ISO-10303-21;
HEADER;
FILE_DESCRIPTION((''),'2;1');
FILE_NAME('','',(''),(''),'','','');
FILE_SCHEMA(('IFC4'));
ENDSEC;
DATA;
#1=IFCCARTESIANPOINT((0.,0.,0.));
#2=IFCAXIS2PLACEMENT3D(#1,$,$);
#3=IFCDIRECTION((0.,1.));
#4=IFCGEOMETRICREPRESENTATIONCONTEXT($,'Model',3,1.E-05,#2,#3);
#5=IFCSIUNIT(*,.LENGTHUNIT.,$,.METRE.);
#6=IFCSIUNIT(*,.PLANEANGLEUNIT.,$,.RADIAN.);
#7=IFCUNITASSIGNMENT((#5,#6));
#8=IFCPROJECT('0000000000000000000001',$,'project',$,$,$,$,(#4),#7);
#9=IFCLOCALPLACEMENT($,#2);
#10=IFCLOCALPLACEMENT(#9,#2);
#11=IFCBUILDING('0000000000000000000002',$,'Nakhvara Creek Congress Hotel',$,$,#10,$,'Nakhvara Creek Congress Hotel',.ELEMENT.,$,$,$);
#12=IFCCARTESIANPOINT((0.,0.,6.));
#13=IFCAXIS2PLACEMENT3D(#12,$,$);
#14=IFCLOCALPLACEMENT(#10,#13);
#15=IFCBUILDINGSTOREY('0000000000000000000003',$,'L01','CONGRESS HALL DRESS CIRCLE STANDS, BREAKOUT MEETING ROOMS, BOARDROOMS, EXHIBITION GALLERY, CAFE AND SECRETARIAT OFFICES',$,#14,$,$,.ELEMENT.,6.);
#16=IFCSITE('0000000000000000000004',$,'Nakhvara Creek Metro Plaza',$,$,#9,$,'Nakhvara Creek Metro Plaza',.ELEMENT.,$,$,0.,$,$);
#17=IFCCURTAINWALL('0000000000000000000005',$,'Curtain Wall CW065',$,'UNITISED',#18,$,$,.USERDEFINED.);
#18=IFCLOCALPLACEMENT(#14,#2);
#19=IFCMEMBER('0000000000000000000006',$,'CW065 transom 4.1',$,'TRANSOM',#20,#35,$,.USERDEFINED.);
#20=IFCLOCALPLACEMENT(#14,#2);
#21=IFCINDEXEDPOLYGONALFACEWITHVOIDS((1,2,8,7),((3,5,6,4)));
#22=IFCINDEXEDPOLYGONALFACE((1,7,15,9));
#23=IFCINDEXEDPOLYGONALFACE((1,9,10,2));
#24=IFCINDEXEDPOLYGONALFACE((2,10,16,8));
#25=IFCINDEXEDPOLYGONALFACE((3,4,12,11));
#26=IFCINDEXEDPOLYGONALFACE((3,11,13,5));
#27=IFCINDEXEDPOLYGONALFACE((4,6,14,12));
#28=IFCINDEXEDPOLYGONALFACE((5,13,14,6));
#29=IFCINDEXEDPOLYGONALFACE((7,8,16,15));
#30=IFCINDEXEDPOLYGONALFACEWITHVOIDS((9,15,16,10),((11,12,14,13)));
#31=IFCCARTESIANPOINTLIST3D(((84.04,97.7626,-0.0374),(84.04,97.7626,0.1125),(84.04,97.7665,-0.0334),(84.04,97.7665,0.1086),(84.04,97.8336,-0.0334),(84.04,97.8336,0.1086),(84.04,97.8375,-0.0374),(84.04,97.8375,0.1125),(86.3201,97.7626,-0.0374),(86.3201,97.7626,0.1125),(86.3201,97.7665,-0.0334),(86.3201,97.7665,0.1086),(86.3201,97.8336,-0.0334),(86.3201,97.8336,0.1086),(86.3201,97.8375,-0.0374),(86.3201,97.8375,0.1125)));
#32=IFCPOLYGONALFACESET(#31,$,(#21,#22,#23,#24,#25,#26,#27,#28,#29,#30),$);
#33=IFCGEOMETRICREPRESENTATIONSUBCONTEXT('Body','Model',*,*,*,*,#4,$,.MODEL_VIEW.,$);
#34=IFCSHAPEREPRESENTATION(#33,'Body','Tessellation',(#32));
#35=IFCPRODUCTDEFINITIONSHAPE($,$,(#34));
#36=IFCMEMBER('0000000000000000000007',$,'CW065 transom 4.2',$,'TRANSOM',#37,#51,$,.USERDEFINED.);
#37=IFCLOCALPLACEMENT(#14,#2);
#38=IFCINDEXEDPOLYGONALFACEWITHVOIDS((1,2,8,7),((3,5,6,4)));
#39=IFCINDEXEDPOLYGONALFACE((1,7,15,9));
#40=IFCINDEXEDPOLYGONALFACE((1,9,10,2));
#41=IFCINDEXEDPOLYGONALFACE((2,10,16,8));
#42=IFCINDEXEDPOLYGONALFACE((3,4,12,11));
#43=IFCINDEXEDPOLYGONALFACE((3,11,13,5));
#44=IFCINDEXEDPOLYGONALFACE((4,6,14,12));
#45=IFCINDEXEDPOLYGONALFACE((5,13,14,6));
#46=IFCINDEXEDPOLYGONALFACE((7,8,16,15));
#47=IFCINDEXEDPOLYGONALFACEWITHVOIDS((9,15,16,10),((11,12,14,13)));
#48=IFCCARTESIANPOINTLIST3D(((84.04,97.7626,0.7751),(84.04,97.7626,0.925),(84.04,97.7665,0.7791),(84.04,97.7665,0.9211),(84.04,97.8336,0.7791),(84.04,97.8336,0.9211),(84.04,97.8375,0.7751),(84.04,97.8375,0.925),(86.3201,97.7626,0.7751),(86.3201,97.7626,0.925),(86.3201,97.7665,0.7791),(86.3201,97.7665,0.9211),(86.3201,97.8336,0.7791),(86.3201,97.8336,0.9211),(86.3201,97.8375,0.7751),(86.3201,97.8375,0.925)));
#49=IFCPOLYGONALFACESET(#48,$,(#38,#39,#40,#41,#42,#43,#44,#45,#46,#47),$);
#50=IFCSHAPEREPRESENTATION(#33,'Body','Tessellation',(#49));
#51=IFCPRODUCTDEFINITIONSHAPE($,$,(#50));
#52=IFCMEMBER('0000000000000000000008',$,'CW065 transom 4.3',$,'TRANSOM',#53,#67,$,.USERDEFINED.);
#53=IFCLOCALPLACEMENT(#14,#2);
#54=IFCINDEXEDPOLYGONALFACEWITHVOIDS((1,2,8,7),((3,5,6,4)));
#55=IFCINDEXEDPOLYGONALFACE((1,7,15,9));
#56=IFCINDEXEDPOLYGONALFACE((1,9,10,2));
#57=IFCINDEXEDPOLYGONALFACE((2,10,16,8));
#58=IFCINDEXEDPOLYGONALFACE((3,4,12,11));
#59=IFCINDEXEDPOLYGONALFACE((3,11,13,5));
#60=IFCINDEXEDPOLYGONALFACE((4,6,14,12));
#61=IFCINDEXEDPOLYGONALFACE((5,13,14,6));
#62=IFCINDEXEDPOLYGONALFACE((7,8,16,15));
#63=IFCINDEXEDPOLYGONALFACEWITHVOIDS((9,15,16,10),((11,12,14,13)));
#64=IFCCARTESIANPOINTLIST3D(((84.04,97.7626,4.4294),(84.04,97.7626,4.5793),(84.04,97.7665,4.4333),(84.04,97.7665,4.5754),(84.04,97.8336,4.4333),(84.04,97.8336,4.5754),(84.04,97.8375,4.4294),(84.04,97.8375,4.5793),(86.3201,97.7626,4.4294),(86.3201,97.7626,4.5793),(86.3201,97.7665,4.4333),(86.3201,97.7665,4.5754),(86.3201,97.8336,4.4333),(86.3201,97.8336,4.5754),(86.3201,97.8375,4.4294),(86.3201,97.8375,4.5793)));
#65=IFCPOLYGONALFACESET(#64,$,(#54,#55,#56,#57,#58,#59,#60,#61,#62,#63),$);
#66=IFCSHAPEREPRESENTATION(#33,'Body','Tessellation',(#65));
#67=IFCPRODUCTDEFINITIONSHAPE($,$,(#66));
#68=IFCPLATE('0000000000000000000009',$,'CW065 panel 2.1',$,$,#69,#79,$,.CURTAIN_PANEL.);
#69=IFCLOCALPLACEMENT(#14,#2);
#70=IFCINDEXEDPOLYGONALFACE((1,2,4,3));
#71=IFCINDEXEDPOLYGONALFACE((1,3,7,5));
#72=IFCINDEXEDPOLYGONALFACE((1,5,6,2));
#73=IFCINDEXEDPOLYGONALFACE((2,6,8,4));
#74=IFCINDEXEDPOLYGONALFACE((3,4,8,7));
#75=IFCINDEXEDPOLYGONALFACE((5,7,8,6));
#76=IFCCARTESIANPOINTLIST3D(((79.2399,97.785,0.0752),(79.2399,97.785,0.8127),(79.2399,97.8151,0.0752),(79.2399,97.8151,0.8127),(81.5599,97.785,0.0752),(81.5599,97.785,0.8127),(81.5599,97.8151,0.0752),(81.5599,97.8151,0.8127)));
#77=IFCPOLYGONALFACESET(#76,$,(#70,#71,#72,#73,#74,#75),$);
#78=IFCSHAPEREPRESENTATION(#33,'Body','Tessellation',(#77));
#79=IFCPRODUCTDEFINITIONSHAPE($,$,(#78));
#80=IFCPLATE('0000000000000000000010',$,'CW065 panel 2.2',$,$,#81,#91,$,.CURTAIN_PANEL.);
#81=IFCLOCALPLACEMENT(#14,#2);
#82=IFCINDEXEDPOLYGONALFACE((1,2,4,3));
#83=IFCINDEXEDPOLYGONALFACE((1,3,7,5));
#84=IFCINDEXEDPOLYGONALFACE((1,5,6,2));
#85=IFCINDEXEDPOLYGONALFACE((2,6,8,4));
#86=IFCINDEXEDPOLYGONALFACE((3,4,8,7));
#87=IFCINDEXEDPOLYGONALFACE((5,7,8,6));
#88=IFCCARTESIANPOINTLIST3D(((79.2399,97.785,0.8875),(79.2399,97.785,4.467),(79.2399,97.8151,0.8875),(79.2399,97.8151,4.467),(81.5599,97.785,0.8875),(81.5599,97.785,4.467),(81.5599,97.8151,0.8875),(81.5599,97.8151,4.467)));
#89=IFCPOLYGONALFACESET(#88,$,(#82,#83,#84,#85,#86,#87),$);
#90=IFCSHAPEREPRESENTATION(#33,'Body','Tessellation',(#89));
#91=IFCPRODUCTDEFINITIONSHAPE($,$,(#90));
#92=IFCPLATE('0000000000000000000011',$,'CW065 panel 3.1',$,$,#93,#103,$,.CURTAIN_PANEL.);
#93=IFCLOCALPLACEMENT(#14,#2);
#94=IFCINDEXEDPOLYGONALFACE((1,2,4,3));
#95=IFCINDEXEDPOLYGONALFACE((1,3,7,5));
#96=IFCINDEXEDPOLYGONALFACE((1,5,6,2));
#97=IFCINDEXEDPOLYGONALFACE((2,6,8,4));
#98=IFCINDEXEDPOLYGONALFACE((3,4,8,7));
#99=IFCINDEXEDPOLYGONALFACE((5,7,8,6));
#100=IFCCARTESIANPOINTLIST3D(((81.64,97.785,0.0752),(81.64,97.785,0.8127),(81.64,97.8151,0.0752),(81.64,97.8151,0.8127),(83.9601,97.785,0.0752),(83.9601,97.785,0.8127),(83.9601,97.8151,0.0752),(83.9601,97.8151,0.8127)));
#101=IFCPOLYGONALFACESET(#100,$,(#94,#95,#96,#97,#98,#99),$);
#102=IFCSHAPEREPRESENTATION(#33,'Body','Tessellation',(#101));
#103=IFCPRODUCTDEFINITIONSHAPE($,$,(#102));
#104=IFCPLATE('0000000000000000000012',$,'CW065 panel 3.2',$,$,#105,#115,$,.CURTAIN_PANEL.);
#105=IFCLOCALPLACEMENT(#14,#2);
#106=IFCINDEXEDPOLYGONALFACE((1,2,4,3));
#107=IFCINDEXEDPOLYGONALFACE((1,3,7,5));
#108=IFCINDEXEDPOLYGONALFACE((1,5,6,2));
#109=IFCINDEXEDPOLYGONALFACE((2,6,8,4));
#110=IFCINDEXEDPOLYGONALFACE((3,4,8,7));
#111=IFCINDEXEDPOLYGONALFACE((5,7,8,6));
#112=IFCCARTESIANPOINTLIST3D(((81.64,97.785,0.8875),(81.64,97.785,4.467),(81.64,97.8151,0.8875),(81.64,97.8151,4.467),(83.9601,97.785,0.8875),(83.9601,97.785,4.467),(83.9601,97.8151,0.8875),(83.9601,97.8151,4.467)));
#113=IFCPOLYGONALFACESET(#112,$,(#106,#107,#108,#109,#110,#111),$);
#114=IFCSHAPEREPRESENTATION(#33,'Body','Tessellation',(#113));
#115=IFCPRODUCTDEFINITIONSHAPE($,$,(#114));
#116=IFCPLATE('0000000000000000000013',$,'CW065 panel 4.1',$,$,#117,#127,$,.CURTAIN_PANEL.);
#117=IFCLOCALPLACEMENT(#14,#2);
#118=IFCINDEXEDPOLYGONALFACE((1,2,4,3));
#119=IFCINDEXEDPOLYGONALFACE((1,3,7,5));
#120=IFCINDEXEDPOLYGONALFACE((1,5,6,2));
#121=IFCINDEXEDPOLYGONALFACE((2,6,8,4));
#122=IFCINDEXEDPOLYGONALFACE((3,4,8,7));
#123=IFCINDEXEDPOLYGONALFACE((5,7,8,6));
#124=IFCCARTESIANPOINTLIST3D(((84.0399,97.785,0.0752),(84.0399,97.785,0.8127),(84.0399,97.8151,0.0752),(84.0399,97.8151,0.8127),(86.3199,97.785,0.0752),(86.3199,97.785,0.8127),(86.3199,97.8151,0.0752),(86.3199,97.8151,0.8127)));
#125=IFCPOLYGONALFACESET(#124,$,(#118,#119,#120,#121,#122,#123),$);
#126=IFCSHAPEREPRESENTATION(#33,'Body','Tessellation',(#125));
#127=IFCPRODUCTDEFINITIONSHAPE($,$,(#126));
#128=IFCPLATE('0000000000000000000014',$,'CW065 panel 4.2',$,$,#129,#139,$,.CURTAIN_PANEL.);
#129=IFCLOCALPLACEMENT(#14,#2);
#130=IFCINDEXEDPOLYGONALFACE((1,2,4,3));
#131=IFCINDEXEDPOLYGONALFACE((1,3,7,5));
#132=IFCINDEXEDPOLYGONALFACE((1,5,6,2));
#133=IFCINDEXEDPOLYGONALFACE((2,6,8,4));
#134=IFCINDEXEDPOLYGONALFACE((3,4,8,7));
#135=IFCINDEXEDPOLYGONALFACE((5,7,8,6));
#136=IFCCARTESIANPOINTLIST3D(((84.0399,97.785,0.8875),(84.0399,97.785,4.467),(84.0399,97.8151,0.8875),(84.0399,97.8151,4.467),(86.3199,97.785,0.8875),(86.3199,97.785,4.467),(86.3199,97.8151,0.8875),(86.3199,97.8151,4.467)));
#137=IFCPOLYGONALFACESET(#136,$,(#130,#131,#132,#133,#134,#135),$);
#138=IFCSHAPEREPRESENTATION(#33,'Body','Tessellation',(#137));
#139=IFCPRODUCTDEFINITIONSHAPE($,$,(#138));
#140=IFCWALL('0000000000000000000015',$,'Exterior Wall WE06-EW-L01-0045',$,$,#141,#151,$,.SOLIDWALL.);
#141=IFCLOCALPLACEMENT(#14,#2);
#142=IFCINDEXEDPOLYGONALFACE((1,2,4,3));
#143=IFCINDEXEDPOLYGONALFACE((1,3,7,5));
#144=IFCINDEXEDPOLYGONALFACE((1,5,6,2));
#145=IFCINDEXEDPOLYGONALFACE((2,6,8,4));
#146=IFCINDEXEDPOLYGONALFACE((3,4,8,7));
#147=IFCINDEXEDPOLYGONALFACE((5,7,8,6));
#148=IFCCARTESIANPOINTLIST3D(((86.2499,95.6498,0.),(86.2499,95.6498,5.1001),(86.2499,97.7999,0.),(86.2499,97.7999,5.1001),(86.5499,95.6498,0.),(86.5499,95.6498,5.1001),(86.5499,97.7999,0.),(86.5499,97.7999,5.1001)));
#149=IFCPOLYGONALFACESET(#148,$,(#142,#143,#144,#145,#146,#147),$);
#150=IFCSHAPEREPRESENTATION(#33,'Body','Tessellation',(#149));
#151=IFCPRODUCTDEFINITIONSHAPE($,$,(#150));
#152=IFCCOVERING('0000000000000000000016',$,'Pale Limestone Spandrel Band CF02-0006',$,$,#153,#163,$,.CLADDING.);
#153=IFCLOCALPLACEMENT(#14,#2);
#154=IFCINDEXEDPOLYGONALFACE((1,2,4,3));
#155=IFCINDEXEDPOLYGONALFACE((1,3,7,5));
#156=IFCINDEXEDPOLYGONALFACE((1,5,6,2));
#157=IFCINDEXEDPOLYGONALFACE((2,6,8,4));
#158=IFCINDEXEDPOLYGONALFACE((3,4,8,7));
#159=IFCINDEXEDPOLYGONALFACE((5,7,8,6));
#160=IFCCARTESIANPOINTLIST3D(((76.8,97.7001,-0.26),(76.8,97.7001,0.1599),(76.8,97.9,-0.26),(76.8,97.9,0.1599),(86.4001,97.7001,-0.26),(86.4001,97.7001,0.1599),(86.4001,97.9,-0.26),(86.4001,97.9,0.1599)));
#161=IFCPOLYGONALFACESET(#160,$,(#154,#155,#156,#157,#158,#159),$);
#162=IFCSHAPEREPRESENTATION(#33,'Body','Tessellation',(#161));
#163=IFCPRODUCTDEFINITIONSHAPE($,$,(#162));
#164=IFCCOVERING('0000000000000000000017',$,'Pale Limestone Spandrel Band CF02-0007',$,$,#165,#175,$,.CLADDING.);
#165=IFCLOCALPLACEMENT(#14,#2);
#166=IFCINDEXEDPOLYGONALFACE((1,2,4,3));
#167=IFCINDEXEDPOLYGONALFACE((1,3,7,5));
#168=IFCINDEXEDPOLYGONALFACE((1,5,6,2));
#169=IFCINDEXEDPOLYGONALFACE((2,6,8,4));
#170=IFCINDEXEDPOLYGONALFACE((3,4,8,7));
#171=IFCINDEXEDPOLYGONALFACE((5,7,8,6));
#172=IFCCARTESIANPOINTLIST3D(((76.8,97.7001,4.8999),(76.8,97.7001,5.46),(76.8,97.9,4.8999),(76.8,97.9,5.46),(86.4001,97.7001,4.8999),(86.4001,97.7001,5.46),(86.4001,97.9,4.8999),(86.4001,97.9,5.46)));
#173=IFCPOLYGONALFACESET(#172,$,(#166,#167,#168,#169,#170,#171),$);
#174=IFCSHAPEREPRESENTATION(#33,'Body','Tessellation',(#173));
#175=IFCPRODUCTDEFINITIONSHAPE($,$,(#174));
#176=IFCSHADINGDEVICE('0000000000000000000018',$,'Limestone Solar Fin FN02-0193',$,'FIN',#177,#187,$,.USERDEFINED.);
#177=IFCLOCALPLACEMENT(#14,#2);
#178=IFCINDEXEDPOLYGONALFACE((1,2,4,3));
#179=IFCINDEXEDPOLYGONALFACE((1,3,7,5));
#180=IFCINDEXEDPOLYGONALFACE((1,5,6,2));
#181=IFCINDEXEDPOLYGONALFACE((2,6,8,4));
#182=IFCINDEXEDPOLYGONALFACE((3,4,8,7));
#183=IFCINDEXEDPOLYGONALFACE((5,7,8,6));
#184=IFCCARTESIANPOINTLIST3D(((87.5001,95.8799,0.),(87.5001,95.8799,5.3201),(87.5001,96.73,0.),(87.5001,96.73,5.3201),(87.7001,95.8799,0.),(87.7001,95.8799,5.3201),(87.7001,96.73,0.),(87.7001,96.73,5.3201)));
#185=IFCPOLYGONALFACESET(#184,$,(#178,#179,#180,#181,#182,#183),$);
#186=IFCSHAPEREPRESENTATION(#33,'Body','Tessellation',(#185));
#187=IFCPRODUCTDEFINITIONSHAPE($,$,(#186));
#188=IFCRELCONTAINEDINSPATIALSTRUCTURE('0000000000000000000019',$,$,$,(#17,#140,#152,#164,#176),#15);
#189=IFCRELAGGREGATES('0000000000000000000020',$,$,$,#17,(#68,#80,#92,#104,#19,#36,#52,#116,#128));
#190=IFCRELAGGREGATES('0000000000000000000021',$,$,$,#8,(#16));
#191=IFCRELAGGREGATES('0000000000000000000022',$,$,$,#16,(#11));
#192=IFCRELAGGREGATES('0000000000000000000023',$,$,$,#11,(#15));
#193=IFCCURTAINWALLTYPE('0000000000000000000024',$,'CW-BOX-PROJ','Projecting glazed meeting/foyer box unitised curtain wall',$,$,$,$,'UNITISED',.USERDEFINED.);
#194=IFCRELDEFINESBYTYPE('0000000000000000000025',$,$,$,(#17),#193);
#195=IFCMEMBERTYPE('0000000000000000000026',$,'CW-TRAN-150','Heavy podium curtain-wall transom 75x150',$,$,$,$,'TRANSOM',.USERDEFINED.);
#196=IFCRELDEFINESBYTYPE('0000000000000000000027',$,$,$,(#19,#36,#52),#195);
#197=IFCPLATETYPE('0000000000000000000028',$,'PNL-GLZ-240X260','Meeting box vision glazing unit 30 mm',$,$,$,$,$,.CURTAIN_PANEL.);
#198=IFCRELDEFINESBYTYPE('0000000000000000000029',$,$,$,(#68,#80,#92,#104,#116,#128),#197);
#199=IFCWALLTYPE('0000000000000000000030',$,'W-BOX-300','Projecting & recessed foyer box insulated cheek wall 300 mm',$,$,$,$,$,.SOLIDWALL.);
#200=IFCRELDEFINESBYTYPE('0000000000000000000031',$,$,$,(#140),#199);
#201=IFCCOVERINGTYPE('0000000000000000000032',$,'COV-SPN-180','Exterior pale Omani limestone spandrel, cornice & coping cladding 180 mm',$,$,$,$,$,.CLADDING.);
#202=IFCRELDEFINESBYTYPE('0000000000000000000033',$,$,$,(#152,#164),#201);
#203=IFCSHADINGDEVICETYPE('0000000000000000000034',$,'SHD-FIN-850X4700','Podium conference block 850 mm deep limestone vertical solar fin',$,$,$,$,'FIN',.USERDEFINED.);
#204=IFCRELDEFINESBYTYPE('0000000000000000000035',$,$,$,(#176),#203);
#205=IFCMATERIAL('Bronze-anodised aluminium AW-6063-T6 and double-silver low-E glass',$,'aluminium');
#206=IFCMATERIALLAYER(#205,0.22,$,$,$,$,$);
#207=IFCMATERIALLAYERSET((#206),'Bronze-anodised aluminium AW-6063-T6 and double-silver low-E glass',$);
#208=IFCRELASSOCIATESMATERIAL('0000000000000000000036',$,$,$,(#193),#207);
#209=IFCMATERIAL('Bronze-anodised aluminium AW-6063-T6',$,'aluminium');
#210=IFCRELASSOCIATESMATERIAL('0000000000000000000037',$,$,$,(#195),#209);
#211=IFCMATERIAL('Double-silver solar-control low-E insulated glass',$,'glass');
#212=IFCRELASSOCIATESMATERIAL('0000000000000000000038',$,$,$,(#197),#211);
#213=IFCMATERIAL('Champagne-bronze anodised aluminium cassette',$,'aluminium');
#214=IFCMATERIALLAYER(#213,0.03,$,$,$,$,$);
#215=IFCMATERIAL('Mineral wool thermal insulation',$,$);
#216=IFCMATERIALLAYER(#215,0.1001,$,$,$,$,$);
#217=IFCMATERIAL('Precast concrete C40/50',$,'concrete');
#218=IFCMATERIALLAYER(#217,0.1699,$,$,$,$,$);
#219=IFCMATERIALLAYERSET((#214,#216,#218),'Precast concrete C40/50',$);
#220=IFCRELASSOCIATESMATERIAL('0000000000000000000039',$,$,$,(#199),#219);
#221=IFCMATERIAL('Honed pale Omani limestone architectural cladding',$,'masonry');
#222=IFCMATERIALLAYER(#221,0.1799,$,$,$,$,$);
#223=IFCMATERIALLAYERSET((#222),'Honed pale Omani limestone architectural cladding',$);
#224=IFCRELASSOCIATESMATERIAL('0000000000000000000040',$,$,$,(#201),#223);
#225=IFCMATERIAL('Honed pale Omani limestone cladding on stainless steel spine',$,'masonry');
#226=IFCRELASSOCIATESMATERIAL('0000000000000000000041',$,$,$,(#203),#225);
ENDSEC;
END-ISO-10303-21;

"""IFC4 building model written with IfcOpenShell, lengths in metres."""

from ifc_helpers import new_model, si_unit, direction, frame, frame_2d, origin, origin_2d, place, context, subcontext, project, spatial, rectangle, hollow_rectangle, extrude, material, layer, layer_set, material_profile, profile_set, type_object, element, aggregate, save


model = new_model("IFC4")

# Units and contexts
model_context = context("Model", 3, precision=1e-05, world=origin(), true_north=direction((0.0, 1.0)))
body_context = subcontext(model_context, "Body", "Model", "MODEL_VIEW")
ifc_project = project(units=[si_unit("LENGTHUNIT", "METRE"), si_unit("PLANEANGLEUNIT", "RADIAN")], contexts=[model_context])

# Site, building, storey
site_placement = place(None, origin())
site = spatial("IfcSite", under=ifc_project, at=site_placement, Name="Nakhvara Creek Metro Plaza", LongName="Nakhvara Creek Metro Plaza", CompositionType="ELEMENT", RefElevation=0.0)
building_placement = place(site_placement, origin())
building = spatial("IfcBuilding", under=site, at=building_placement, Name="Nakhvara Creek Congress Hotel", LongName="Nakhvara Creek Congress Hotel", CompositionType="ELEMENT")
storey_placement = place(building_placement, frame((0.0, 0.0, 6.0)))
storey = spatial("IfcBuildingStorey", under=building, at=storey_placement, Name="L01", Description="CONGRESS HALL DRESS CIRCLE STANDS, BREAKOUT MEETING ROOMS, BOARDROOMS, EXHIBITION GALLERY, CAFE AND SECRETARIAT OFFICES", CompositionType="ELEMENT", Elevation=6.0)

# Shared definitions
ifc_material_1 = material(Name="Bronze-anodised aluminium AW-6063-T6 and double-silver low-E glass", Category="aluminium")
ifc_material_2 = material(Name="Bronze-anodised aluminium AW-6063-T6", Category="aluminium")

# Curtain wall
ifc_layer_1 = layer(ifc_material_1, 0.22)
ifc_layer_set_1 = layer_set([ifc_layer_1], Name="Bronze-anodised aluminium AW-6063-T6 and double-silver low-E glass")
curtain_wall_type_1 = type_object("IfcCurtainWallType", Name="CW-BOX-PROJ", Description="Projecting glazed meeting/foyer box unitised curtain wall", ElementType="UNITISED", PredefinedType="USERDEFINED", material=ifc_layer_set_1)
curtain_wall_1_placement = place(storey_placement, origin())
curtain_wall_1 = element("IfcCurtainWall", 1, at=curtain_wall_1_placement, inside=storey, type_object=curtain_wall_type_1, Name="Curtain Wall CW065", ObjectType="UNITISED", PredefinedType="USERDEFINED")

# Members
ifc_material_profile_1 = material_profile(ifc_material_2, hollow_rectangle(XDim=0.075, YDim=0.1499, WallThickness=0.0039, at=origin_2d()), Name="ALU-TRAN 75x150x4", Category="LoadBearing")
ifc_profile_set_1 = profile_set([ifc_material_profile_1], Name="Bronze-anodised aluminium AW-6063-T6")
member_type_1 = type_object("IfcMemberType", Name="CW-TRAN-150", Description="Heavy podium curtain-wall transom 75x150", ElementType="TRANSOM", PredefinedType="USERDEFINED", material=ifc_profile_set_1)
member_1_placement = place(storey_placement, frame((84.04, 97.8, 0.0376), z_axis=(1.0, 0.0, 0.0), x_axis=(0.0, 1.0, 0.0)))
member_1 = element("IfcMember", 2, at=member_1_placement, type_object=member_type_1, Name="CW065 transom 4.1", ObjectType="TRANSOM", PredefinedType="USERDEFINED", context=body_context, shape_type="SweptSolid", body=[
    extrude(hollow_rectangle(XDim=0.075, YDim=0.1499, WallThickness=0.0039, at=origin_2d()), origin(), (0.0, 0.0, 1.0), 2.28),
])
member_2_placement = place(storey_placement, frame((84.04, 97.8, 0.8501), z_axis=(1.0, 0.0, 0.0), x_axis=(0.0, 1.0, 0.0)))
member_2 = element("IfcMember", 3, at=member_2_placement, type_object=member_type_1, Name="CW065 transom 4.2", ObjectType="TRANSOM", PredefinedType="USERDEFINED", context=body_context, shape_type="SweptSolid", body=[
    extrude(hollow_rectangle(XDim=0.075, YDim=0.1499, WallThickness=0.0039, at=origin_2d()), origin(), (0.0, 0.0, 1.0), 2.28),
])
member_3_placement = place(storey_placement, frame((84.04, 97.8, 4.5044), z_axis=(1.0, 0.0, 0.0), x_axis=(0.0, 1.0, 0.0)))
member_3 = element("IfcMember", 4, at=member_3_placement, type_object=member_type_1, Name="CW065 transom 4.3", ObjectType="TRANSOM", PredefinedType="USERDEFINED", context=body_context, shape_type="SweptSolid", body=[
    extrude(hollow_rectangle(XDim=0.075, YDim=0.1499, WallThickness=0.0039, at=origin_2d()), origin(), (0.0, 0.0, 1.0), 2.28),
])

# Plates
ifc_material_3 = material(Name="Double-silver solar-control low-E insulated glass", Category="glass")
plate_type = type_object("IfcPlateType", Name="PNL-GLZ-240X260", Description="Meeting box vision glazing unit 30 mm", PredefinedType="CURTAIN_PANEL", material=ifc_material_3)
plate_1_placement = place(storey_placement, frame((80.3999, 97.8, 0.0752), z_axis=(0.0, 0.0, 1.0), x_axis=(1.0, 0.0, 0.0)))
plate_1 = element("IfcPlate", 5, at=plate_1_placement, type_object=plate_type, Name="CW065 panel 2.1", PredefinedType="CURTAIN_PANEL", context=body_context, shape_type="SweptSolid", body=[
    extrude(rectangle(XDim=2.3201, YDim=0.03, at=origin_2d()), origin(), (0.0, 0.0, 1.0), 0.7375),
])
plate_2_placement = place(storey_placement, frame((80.3999, 97.8, 0.8875), z_axis=(0.0, 0.0, 1.0), x_axis=(1.0, 0.0, 0.0)))
plate_2 = element("IfcPlate", 6, at=plate_2_placement, type_object=plate_type, Name="CW065 panel 2.2", PredefinedType="CURTAIN_PANEL", context=body_context, shape_type="SweptSolid", body=[
    extrude(rectangle(XDim=2.3201, YDim=0.03, at=origin_2d()), origin(), (0.0, 0.0, 1.0), 3.5796),
])
plate_3_placement = place(storey_placement, frame((82.8, 97.8, 0.0752), z_axis=(0.0, 0.0, 1.0), x_axis=(1.0, 0.0, 0.0)))
plate_3 = element("IfcPlate", 7, at=plate_3_placement, type_object=plate_type, Name="CW065 panel 3.1", PredefinedType="CURTAIN_PANEL", context=body_context, shape_type="SweptSolid", body=[
    extrude(rectangle(XDim=2.3201, YDim=0.03, at=origin_2d()), origin(), (0.0, 0.0, 1.0), 0.7375),
])
plate_4_placement = place(storey_placement, frame((82.8, 97.8, 0.8875), z_axis=(0.0, 0.0, 1.0), x_axis=(1.0, 0.0, 0.0)))
plate_4 = element("IfcPlate", 8, at=plate_4_placement, type_object=plate_type, Name="CW065 panel 3.2", PredefinedType="CURTAIN_PANEL", context=body_context, shape_type="SweptSolid", body=[
    extrude(rectangle(XDim=2.3201, YDim=0.03, at=origin_2d()), origin(), (0.0, 0.0, 1.0), 3.5796),
])
plate_5_placement = place(storey_placement, frame((85.1799, 97.8, 0.0752), z_axis=(0.0, 0.0, 1.0), x_axis=(1.0, 0.0, 0.0)))
plate_5 = element("IfcPlate", 9, at=plate_5_placement, type_object=plate_type, Name="CW065 panel 4.1", PredefinedType="CURTAIN_PANEL", context=body_context, shape_type="SweptSolid", body=[
    extrude(rectangle(XDim=2.28, YDim=0.03, at=origin_2d()), origin(), (0.0, 0.0, 1.0), 0.7375),
])
plate_6_placement = place(storey_placement, frame((85.1799, 97.8, 0.8875), z_axis=(0.0, 0.0, 1.0), x_axis=(1.0, 0.0, 0.0)))
plate_6 = element("IfcPlate", 10, at=plate_6_placement, type_object=plate_type, Name="CW065 panel 4.2", PredefinedType="CURTAIN_PANEL", context=body_context, shape_type="SweptSolid", body=[
    extrude(rectangle(XDim=2.28, YDim=0.03, at=origin_2d()), origin(), (0.0, 0.0, 1.0), 3.5796),
])
aggregate(curtain_wall_1, [plate_1, plate_2, plate_3, plate_4, member_1, member_2, member_3, plate_5, plate_6])

# Wall
ifc_material_4 = material(Name="Champagne-bronze anodised aluminium cassette", Category="aluminium")
ifc_layer_2 = layer(ifc_material_4, 0.03)
ifc_material_5 = material(Name="Mineral wool thermal insulation")
ifc_layer_3 = layer(ifc_material_5, 0.1001)
ifc_material_6 = material(Name="Precast concrete C40/50", Category="concrete")
ifc_layer_4 = layer(ifc_material_6, 0.1699)
ifc_layer_set_2 = layer_set([ifc_layer_2, ifc_layer_3, ifc_layer_4], Name="Precast concrete C40/50")
wall_type = type_object("IfcWallType", Name="W-BOX-300", Description="Projecting & recessed foyer box insulated cheek wall 300 mm", PredefinedType="SOLIDWALL", material=ifc_layer_set_2)
wall_placement = place(storey_placement, frame((86.3999, 97.8, 0.0), z_axis=(0.0, 0.0, 1.0), x_axis=(0.0, -1.0, 0.0)))
element("IfcWall", 11, at=wall_placement, inside=storey, type_object=wall_type, Name="Exterior Wall WE06-EW-L01-0045", PredefinedType="SOLIDWALL", context=body_context, shape_type="SweptSolid", body=[
    extrude(rectangle(XDim=2.1501, YDim=0.3, at=frame_2d((1.0752, 0.0))), origin(), (0.0, 0.0, 1.0), 5.1001),
])

# Coverings
ifc_material_7 = material(Name="Honed pale Omani limestone architectural cladding", Category="masonry")
ifc_layer_5 = layer(ifc_material_7, 0.1799)
ifc_layer_set_3 = layer_set([ifc_layer_5], Name="Honed pale Omani limestone architectural cladding")
covering_type = type_object("IfcCoveringType", Name="COV-SPN-180", Description="Exterior pale Omani limestone spandrel, cornice & coping cladding 180 mm", PredefinedType="CLADDING", material=ifc_layer_set_3)
covering_1_placement = place(storey_placement, frame((81.6001, 97.8, -0.26), z_axis=(0.0, 0.0, 1.0), x_axis=(1.0, 0.0, 0.0)))
element("IfcCovering", 12, at=covering_1_placement, inside=storey, type_object=covering_type, Name="Pale Limestone Spandrel Band CF02-0006", PredefinedType="CLADDING", context=body_context, shape_type="SweptSolid", body=[
    extrude(rectangle(XDim=9.6001, YDim=0.2, at=origin_2d()), origin(), (0.0, 0.0, 1.0), 0.4199),
])
covering_2_placement = place(storey_placement, frame((81.6001, 97.8, 4.8999), z_axis=(0.0, 0.0, 1.0), x_axis=(1.0, 0.0, 0.0)))
element("IfcCovering", 13, at=covering_2_placement, inside=storey, type_object=covering_type, Name="Pale Limestone Spandrel Band CF02-0007", PredefinedType="CLADDING", context=body_context, shape_type="SweptSolid", body=[
    extrude(rectangle(XDim=9.6001, YDim=0.2, at=origin_2d()), origin(), (0.0, 0.0, 1.0), 0.5601),
])

# Shading device
ifc_material_8 = material(Name="Honed pale Omani limestone cladding on stainless steel spine", Category="masonry")
shading_device_type = type_object("IfcShadingDeviceType", Name="SHD-FIN-850X4700", Description="Podium conference block 850 mm deep limestone vertical solar fin", ElementType="FIN", PredefinedType="USERDEFINED", material=ifc_material_8)
shading_device_placement = place(storey_placement, frame((87.6001, 96.3049, 0.0), z_axis=(0.0, 0.0, 1.0), x_axis=(1.0, 0.0, 0.0)))
element("IfcShadingDevice", 14, at=shading_device_placement, inside=storey, type_object=shading_device_type, Name="Limestone Solar Fin FN02-0193", ObjectType="FIN", PredefinedType="USERDEFINED", context=body_context, shape_type="SweptSolid", body=[
    extrude(rectangle(XDim=0.2, YDim=0.8501, at=origin_2d()), origin(), (0.0, 0.0, 1.0), 5.3201),
])

save(model, "model.ifc")
